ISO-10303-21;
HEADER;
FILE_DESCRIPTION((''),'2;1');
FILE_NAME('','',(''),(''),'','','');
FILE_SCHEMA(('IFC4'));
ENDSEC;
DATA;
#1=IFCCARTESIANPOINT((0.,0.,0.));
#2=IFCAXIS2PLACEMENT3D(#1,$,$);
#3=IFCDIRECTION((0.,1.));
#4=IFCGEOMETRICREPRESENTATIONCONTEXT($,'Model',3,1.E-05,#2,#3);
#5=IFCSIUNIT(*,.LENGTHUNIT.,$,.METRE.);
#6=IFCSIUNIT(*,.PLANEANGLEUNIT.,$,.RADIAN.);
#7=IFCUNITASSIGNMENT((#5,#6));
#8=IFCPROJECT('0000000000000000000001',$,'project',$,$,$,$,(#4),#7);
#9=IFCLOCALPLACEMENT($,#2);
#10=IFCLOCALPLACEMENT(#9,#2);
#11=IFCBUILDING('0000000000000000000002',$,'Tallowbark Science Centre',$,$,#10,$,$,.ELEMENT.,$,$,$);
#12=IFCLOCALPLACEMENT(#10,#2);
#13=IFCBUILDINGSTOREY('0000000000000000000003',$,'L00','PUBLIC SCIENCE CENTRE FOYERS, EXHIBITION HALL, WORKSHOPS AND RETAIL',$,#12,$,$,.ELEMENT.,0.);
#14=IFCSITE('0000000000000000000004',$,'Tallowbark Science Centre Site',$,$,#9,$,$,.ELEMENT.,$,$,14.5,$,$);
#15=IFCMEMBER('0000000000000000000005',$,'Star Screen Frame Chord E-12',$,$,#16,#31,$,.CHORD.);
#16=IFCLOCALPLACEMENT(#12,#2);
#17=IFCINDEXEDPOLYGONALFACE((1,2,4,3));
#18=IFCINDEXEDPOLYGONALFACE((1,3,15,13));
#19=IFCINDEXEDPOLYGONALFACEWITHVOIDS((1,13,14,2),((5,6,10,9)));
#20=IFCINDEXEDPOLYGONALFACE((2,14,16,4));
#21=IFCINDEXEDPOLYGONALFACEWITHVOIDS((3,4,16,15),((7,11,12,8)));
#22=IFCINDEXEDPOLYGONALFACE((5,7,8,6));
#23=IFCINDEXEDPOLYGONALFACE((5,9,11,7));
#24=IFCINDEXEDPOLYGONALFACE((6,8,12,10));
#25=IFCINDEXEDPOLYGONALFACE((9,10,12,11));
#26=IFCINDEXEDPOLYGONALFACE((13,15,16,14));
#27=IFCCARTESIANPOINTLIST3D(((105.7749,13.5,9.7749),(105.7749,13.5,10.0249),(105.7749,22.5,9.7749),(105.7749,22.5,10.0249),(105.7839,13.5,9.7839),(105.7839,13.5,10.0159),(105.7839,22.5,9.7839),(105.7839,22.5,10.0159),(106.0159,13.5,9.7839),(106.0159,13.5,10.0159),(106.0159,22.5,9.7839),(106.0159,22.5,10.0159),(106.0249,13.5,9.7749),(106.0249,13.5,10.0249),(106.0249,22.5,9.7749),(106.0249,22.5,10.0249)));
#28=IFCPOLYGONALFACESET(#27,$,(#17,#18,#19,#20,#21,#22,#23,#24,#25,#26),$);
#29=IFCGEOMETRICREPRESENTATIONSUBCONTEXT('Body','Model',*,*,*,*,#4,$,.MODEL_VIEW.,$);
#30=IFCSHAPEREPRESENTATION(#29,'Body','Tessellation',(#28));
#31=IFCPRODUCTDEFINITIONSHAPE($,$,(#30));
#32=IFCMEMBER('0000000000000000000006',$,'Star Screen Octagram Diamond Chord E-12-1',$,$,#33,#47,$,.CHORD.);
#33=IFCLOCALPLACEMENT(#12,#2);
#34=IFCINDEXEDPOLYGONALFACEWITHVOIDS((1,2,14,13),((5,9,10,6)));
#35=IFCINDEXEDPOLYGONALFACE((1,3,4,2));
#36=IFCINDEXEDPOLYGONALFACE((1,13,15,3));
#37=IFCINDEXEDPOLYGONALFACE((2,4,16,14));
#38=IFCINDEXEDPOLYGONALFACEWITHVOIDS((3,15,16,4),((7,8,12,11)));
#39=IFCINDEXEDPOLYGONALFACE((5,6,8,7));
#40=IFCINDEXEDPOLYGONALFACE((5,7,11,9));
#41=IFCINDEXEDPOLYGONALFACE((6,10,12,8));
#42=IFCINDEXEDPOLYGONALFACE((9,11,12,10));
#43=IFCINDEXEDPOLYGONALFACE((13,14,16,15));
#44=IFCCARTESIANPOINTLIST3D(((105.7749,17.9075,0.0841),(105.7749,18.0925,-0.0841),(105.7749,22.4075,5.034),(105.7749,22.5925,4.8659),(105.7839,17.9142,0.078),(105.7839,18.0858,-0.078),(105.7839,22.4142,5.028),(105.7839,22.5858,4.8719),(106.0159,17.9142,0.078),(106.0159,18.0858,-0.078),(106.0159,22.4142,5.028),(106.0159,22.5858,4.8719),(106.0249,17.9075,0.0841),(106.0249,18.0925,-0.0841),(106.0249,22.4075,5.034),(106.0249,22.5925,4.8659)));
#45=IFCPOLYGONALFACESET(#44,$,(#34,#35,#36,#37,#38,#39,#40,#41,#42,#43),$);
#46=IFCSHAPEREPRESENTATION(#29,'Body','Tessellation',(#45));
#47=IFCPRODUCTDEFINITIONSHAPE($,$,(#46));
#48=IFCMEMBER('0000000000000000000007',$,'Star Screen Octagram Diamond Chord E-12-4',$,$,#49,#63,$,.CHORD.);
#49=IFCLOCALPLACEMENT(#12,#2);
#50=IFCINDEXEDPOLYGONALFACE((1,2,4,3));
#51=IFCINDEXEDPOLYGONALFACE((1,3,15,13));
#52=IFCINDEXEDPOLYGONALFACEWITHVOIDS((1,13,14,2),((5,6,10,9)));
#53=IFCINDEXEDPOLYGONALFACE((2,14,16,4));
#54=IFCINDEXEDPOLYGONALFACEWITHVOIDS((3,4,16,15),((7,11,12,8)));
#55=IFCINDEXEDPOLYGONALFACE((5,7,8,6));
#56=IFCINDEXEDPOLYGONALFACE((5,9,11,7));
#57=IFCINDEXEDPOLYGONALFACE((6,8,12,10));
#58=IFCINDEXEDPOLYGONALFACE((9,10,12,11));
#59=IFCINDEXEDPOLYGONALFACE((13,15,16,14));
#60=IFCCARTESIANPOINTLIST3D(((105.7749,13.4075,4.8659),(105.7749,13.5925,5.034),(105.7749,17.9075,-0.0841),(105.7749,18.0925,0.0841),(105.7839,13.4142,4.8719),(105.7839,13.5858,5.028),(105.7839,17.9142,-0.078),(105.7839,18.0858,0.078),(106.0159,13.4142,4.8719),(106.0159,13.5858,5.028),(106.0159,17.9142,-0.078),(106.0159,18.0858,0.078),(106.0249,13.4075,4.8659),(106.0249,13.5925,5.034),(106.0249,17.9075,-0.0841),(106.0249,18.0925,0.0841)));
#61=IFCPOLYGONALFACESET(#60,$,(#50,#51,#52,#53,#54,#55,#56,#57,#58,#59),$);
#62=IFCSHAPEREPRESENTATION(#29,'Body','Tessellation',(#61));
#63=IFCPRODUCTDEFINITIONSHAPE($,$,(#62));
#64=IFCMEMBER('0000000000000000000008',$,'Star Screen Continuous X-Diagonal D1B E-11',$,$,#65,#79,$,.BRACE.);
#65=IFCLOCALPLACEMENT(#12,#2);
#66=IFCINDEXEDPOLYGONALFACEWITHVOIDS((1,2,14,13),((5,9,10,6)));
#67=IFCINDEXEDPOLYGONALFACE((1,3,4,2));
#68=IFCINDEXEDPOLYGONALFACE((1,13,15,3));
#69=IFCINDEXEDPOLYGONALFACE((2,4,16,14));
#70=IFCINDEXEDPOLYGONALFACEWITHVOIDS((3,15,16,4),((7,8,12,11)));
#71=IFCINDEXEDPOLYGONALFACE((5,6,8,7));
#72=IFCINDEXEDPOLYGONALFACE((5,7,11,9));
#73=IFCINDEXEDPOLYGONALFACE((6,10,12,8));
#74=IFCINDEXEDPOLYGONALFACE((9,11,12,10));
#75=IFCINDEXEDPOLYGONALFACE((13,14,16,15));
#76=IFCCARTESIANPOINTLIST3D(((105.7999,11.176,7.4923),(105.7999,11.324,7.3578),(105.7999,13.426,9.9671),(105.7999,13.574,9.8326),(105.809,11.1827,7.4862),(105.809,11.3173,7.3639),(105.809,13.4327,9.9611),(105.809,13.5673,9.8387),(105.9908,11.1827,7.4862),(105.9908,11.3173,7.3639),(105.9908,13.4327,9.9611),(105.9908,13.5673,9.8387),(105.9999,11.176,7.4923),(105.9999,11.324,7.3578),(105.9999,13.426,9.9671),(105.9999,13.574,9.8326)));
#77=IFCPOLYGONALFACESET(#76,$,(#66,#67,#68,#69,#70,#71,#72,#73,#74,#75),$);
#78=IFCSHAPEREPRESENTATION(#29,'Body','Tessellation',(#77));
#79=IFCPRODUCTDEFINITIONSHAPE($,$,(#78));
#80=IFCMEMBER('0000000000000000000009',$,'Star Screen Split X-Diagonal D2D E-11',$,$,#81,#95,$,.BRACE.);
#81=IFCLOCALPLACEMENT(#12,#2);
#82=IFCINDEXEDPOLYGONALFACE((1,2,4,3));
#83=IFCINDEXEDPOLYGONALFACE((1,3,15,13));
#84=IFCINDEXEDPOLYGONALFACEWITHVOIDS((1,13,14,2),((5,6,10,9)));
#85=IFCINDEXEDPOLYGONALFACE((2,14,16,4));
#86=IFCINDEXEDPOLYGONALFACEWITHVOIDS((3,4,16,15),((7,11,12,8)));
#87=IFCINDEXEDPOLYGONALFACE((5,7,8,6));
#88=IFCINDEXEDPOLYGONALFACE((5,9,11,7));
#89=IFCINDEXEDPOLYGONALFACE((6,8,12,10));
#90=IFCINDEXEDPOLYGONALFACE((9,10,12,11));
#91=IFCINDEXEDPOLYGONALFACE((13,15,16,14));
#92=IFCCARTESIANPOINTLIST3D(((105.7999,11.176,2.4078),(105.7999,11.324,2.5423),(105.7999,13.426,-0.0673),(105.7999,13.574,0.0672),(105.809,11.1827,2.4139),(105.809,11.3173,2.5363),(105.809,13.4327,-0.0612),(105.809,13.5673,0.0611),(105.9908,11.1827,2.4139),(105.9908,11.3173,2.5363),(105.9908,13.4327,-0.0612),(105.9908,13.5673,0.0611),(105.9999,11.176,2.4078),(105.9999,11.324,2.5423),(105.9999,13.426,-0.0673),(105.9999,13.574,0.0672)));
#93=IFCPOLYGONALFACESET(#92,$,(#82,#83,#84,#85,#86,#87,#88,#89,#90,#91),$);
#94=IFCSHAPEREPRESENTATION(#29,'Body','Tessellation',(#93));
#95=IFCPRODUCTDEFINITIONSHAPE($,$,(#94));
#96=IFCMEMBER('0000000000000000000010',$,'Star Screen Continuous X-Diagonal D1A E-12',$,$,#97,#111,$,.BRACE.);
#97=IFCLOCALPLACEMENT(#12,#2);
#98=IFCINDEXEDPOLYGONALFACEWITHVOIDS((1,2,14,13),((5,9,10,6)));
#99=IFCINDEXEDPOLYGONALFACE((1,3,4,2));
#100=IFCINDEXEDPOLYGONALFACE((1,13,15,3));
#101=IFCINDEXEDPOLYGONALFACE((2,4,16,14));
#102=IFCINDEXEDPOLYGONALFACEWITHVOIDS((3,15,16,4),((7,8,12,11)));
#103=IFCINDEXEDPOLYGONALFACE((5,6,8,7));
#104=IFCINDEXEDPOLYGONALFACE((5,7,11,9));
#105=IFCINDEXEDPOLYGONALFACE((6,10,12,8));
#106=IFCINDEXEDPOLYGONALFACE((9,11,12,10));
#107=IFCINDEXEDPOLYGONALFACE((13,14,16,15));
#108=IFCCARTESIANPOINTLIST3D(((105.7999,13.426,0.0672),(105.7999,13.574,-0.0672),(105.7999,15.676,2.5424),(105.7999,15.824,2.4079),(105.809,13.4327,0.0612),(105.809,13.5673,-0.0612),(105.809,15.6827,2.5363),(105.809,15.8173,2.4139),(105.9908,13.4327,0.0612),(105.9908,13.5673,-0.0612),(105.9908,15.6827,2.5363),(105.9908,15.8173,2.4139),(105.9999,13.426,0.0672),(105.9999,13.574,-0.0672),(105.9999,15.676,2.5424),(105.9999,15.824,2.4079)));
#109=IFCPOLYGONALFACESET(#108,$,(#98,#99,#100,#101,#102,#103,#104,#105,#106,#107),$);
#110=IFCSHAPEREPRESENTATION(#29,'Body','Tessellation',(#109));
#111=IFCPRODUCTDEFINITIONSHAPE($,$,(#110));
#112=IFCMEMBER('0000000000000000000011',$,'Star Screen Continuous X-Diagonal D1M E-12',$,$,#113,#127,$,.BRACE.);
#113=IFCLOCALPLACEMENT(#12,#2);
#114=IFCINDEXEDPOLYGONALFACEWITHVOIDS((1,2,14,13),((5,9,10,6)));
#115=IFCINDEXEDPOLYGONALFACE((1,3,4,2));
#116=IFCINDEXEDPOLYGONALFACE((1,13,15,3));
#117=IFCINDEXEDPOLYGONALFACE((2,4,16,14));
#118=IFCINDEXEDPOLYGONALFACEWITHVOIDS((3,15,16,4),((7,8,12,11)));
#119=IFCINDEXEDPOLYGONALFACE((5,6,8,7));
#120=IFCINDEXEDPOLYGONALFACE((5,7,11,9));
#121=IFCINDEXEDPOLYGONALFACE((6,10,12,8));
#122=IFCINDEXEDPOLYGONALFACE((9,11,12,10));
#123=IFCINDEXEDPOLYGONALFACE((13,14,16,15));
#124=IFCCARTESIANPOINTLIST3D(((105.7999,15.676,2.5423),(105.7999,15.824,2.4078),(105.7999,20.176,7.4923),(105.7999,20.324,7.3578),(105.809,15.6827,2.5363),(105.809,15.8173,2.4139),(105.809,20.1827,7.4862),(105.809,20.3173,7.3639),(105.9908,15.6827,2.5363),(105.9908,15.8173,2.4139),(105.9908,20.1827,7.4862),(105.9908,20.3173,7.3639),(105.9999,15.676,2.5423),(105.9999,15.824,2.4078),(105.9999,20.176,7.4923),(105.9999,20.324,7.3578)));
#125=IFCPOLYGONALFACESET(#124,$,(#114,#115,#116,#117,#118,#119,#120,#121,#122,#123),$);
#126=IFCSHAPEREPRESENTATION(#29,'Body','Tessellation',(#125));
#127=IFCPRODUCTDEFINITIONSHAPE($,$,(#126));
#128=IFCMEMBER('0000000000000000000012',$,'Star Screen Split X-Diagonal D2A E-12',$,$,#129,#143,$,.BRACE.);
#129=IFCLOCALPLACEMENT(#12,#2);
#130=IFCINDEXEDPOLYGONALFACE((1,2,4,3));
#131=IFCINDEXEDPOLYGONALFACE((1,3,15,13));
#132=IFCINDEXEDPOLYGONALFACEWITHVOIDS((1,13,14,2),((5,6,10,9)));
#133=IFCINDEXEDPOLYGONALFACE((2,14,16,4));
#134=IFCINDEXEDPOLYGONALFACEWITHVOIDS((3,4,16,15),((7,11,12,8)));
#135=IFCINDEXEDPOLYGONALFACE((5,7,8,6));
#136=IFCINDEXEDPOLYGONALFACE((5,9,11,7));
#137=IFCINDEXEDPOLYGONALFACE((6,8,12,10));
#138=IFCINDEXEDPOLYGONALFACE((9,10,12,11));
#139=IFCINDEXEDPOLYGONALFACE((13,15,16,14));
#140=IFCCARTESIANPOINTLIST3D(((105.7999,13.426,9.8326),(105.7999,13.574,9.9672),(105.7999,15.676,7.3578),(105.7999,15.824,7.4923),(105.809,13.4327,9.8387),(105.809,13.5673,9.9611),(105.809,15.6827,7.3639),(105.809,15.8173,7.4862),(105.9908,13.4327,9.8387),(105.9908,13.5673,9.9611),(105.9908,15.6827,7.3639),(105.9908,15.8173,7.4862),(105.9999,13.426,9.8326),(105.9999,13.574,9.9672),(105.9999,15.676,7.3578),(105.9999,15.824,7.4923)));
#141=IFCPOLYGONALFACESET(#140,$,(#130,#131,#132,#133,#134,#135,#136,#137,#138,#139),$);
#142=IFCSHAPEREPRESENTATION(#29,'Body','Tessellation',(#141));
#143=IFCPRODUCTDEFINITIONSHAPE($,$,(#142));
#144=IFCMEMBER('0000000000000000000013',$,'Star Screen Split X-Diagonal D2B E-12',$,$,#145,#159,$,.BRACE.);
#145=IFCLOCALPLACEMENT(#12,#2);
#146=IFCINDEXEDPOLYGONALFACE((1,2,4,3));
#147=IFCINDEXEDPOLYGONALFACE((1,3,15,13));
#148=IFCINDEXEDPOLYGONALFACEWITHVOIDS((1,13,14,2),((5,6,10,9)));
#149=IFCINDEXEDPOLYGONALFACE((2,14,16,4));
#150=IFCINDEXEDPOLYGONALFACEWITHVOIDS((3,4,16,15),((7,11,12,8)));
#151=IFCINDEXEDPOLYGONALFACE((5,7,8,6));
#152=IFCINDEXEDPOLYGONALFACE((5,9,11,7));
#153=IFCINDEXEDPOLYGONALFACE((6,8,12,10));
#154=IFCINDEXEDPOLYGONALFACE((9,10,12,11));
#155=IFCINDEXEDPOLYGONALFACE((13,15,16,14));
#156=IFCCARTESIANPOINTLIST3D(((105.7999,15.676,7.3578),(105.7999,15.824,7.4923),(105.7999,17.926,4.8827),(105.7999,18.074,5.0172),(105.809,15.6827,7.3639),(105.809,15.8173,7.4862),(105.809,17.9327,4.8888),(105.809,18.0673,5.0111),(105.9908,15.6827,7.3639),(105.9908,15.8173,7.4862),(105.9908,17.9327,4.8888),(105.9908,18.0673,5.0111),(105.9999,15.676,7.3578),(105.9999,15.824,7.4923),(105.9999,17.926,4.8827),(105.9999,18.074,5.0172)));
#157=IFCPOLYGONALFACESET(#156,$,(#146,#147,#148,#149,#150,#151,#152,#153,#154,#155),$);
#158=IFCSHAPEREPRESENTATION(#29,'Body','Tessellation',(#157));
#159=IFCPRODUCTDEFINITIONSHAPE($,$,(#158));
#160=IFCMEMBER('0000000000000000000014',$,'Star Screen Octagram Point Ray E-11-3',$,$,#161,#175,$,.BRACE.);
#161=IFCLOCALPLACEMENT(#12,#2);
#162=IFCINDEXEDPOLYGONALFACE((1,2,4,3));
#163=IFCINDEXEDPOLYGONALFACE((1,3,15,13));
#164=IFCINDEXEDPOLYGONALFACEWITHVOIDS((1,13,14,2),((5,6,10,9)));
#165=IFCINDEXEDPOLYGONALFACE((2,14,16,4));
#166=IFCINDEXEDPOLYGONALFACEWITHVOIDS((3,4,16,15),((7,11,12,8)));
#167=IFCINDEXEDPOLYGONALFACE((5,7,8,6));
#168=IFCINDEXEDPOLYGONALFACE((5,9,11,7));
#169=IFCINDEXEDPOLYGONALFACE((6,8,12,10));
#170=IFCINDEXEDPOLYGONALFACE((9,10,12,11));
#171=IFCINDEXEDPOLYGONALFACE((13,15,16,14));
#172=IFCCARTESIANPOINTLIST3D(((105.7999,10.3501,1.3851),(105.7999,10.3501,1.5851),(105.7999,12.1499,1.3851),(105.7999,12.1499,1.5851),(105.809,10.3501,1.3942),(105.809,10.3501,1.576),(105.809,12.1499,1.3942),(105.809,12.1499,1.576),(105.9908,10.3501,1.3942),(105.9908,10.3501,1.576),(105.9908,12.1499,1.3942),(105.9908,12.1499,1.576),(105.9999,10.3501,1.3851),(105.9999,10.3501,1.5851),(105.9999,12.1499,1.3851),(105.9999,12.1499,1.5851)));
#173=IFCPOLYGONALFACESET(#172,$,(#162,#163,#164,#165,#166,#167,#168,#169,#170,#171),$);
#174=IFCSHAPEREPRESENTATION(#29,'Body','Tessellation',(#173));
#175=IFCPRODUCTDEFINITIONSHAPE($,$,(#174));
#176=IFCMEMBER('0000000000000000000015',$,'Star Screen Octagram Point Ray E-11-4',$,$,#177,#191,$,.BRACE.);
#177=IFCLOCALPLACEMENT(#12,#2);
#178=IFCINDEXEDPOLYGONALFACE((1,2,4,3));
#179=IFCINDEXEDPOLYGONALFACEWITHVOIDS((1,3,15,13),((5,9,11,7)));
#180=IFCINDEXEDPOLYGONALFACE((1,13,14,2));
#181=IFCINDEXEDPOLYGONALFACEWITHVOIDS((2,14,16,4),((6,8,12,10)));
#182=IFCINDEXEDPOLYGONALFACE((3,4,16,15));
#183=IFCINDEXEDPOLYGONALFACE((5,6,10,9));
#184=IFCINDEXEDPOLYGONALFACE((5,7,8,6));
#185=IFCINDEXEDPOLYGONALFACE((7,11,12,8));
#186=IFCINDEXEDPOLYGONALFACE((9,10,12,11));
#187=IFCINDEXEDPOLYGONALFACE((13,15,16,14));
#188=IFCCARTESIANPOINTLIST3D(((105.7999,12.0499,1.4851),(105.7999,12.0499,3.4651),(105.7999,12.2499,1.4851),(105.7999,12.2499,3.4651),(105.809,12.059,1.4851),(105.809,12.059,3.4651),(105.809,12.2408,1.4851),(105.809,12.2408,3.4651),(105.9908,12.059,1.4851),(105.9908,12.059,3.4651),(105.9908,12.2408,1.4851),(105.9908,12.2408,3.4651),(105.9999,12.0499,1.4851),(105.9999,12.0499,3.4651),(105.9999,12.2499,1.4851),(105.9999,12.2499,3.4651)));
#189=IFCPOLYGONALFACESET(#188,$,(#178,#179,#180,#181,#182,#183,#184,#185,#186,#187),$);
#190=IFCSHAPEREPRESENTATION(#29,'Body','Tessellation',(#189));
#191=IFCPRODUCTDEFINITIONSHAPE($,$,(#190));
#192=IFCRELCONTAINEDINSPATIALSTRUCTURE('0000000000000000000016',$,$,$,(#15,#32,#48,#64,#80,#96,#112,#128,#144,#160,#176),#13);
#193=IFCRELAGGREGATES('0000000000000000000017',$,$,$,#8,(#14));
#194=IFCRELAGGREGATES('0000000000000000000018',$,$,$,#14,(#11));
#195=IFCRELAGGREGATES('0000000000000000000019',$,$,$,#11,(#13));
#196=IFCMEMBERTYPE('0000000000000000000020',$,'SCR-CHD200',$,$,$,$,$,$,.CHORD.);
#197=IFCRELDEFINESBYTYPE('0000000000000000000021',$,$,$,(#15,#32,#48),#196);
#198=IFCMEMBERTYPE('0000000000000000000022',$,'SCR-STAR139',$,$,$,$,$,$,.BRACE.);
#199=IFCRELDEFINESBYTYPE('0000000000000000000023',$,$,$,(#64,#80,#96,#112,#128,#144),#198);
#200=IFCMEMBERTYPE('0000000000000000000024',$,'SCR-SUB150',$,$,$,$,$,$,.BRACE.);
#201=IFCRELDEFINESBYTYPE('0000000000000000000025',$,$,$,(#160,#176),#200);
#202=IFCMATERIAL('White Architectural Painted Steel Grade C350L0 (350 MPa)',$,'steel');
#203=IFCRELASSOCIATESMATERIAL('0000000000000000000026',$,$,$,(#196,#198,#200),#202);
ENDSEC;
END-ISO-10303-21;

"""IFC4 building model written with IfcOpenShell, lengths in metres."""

from ifc_helpers import new_model, si_unit, direction, frame, origin, origin_2d, place, context, subcontext, project, spatial, hollow_rectangle, extrude, material, material_profile, profile_set, type_object, element, save


model = new_model("IFC4")

# Units and contexts
model_context = context("Model", 3, precision=1e-05, world=origin(), true_north=direction((0.0, 1.0)))
body_context = subcontext(model_context, "Body", "Model", "MODEL_VIEW")
ifc_project = project(units=[si_unit("LENGTHUNIT", "METRE"), si_unit("PLANEANGLEUNIT", "RADIAN")], contexts=[model_context])

# Site, building, storey
site_placement = place(None, origin())
site = spatial("IfcSite", under=ifc_project, at=site_placement, Name="Tallowbark Science Centre Site", CompositionType="ELEMENT", RefElevation=14.5)
building_placement = place(site_placement, origin())
building = spatial("IfcBuilding", under=site, at=building_placement, Name="Tallowbark Science Centre", CompositionType="ELEMENT")
storey_placement = place(building_placement, origin())
storey = spatial("IfcBuildingStorey", under=building, at=storey_placement, Name="L00", Description="PUBLIC SCIENCE CENTRE FOYERS, EXHIBITION HALL, WORKSHOPS AND RETAIL", CompositionType="ELEMENT", Elevation=0.0)

# Shared definitions
ifc_material_1 = material(Name="White Architectural Painted Steel Grade C350L0 (350 MPa)", Category="steel")

# Members
ifc_material_profile_1 = material_profile(ifc_material_1, hollow_rectangle(XDim=0.25, YDim=0.25, WallThickness=0.009, at=origin_2d()), Name="250x250x9.0SHS")
ifc_profile_set_1 = profile_set([ifc_material_profile_1], Name="White Architectural Painted Steel Grade C350L0 (350 MPa)")
member_type_1 = type_object("IfcMemberType", Name="SCR-CHD200", PredefinedType="CHORD", material=ifc_profile_set_1)
member_1_placement = place(storey_placement, frame((105.8999, 13.5, 9.8999), z_axis=(0.0, 1.0, 0.0), x_axis=(-1.0, 0.0, 0.0)))
element("IfcMember", 1, at=member_1_placement, inside=storey, type_object=member_type_1, Name="Star Screen Frame Chord E-12", PredefinedType="CHORD", context=body_context, shape_type="SweptSolid", body=[
    extrude(hollow_rectangle(XDim=0.25, YDim=0.25, WallThickness=0.009, at=origin_2d()), origin(), (0.0, 0.0, 1.0), 9.0),
])
for number, where, z_axis, x_axis, name in (
    (2, (105.8999, 18.0, 0.0), (0.0, 0.672676, 0.739937), (-1.0, 0.0, 0.0), "Star Screen Octagram Diamond Chord E-12-1"),
    (3, (105.8999, 13.5, 4.95), (0.0, 0.672676, -0.739937), (-1.0, 0.0, 0.0), "Star Screen Octagram Diamond Chord E-12-4"),
):
    element("IfcMember", number, at=place(storey_placement, frame(where, z_axis=z_axis, x_axis=x_axis)), inside=storey, type_object=member_type_1, Name=name, PredefinedType="CHORD", context=body_context, shape_type="SweptSolid", body=[
        extrude(hollow_rectangle(XDim=0.25, YDim=0.25, WallThickness=0.009, at=origin_2d()), origin(), (0.0, 0.0, 1.0), 6.6897),
    ])
ifc_material_profile_2 = material_profile(ifc_material_1, hollow_rectangle(XDim=0.2, YDim=0.2, WallThickness=0.009, at=origin_2d()), Name="200x200x9.0SHS")
ifc_profile_set_2 = profile_set([ifc_material_profile_2], Name="White Architectural Painted Steel Grade C350L0 (350 MPa)")
member_type_2 = type_object("IfcMemberType", Name="SCR-STAR139", PredefinedType="BRACE", material=ifc_profile_set_2)
member_2_placement = place(storey_placement, frame((105.8999, 11.25, 7.425), z_axis=(0.0, 0.672695, 0.73992), x_axis=(-1.0, 0.0, 0.0)))
element("IfcMember", 4, at=member_2_placement, inside=storey, type_object=member_type_2, Name="Star Screen Continuous X-Diagonal D1B E-11", PredefinedType="BRACE", context=body_context, shape_type="SweptSolid", body=[
    extrude(hollow_rectangle(XDim=0.2, YDim=0.2, WallThickness=0.009, at=origin_2d()), origin(), (0.0, 0.0, 1.0), 3.3447),
])
for number, where, z_axis, x_axis, name in (
    (5, (105.8999, 11.25, 2.4751), (0.0, 0.672658, -0.739953), (-1.0, 0.0, 0.0), "Star Screen Split X-Diagonal D2D E-11"),
    (6, (105.8999, 13.5, 0.0), (0.0, 0.672658, 0.739953), (-1.0, 0.0, 0.0), "Star Screen Continuous X-Diagonal D1A E-12"),
):
    element("IfcMember", number, at=place(storey_placement, frame(where, z_axis=z_axis, x_axis=x_axis)), inside=storey, type_object=member_type_2, Name=name, PredefinedType="BRACE", context=body_context, shape_type="SweptSolid", body=[
        extrude(hollow_rectangle(XDim=0.2, YDim=0.2, WallThickness=0.009, at=origin_2d()), origin(), (0.0, 0.0, 1.0), 3.345),
    ])
member_3_placement = place(storey_placement, frame((105.8999, 15.75, 2.4751), z_axis=(0.0, 0.672676, 0.739937), x_axis=(-1.0, 0.0, 0.0)))
element("IfcMember", 7, at=member_3_placement, inside=storey, type_object=member_type_2, Name="Star Screen Continuous X-Diagonal D1M E-12", PredefinedType="BRACE", context=body_context, shape_type="SweptSolid", body=[
    extrude(hollow_rectangle(XDim=0.2, YDim=0.2, WallThickness=0.009, at=origin_2d()), origin(), (0.0, 0.0, 1.0), 6.6897),
])
member_4_placement = place(storey_placement, frame((105.8999, 13.5, 9.8999), z_axis=(0.0, 0.672695, -0.73992), x_axis=(-1.0, 0.0, 0.0)))
element("IfcMember", 8, at=member_4_placement, inside=storey, type_object=member_type_2, Name="Star Screen Split X-Diagonal D2A E-12", PredefinedType="BRACE", context=body_context, shape_type="SweptSolid", body=[
    extrude(hollow_rectangle(XDim=0.2, YDim=0.2, WallThickness=0.009, at=origin_2d()), origin(), (0.0, 0.0, 1.0), 3.3447),
])
member_5_placement = place(storey_placement, frame((105.8999, 15.75, 7.425), z_axis=(0.0, 0.672658, -0.739953), x_axis=(-1.0, 0.0, 0.0)))
element("IfcMember", 9, at=member_5_placement, inside=storey, type_object=member_type_2, Name="Star Screen Split X-Diagonal D2B E-12", PredefinedType="BRACE", context=body_context, shape_type="SweptSolid", body=[
    extrude(hollow_rectangle(XDim=0.2, YDim=0.2, WallThickness=0.009, at=origin_2d()), origin(), (0.0, 0.0, 1.0), 3.345),
])
ifc_material_profile_3 = material_profile(ifc_material_1, hollow_rectangle(XDim=0.2, YDim=0.2, WallThickness=0.009, at=origin_2d()), Name="200x200x9.0SHS")
ifc_profile_set_3 = profile_set([ifc_material_profile_3], Name="White Architectural Painted Steel Grade C350L0 (350 MPa)")
member_type_3 = type_object("IfcMemberType", Name="SCR-SUB150", PredefinedType="BRACE", material=ifc_profile_set_3)
member_6_placement = place(storey_placement, frame((105.8999, 12.1499, 1.4851), z_axis=(0.0, -1.0, 0.0), x_axis=(1.0, 0.0, 0.0)))
element("IfcMember", 10, at=member_6_placement, inside=storey, type_object=member_type_3, Name="Star Screen Octagram Point Ray E-11-3", PredefinedType="BRACE", context=body_context, shape_type="SweptSolid", body=[
    extrude(hollow_rectangle(XDim=0.2, YDim=0.2, WallThickness=0.009, at=origin_2d()), origin(), (0.0, 0.0, 1.0), 1.7998),
])
member_7_placement = place(storey_placement, frame((105.8999, 12.1499, 1.4851), z_axis=(0.0, 0.0, 1.0), x_axis=(1.0, 0.0, 0.0)))
element("IfcMember", 11, at=member_7_placement, inside=storey, type_object=member_type_3, Name="Star Screen Octagram Point Ray E-11-4", PredefinedType="BRACE", context=body_context, shape_type="SweptSolid", body=[
    extrude(hollow_rectangle(XDim=0.2, YDim=0.2, WallThickness=0.009, at=origin_2d()), origin(), (0.0, 0.0, 1.0), 1.98),
])

save(model, "model.ifc")
